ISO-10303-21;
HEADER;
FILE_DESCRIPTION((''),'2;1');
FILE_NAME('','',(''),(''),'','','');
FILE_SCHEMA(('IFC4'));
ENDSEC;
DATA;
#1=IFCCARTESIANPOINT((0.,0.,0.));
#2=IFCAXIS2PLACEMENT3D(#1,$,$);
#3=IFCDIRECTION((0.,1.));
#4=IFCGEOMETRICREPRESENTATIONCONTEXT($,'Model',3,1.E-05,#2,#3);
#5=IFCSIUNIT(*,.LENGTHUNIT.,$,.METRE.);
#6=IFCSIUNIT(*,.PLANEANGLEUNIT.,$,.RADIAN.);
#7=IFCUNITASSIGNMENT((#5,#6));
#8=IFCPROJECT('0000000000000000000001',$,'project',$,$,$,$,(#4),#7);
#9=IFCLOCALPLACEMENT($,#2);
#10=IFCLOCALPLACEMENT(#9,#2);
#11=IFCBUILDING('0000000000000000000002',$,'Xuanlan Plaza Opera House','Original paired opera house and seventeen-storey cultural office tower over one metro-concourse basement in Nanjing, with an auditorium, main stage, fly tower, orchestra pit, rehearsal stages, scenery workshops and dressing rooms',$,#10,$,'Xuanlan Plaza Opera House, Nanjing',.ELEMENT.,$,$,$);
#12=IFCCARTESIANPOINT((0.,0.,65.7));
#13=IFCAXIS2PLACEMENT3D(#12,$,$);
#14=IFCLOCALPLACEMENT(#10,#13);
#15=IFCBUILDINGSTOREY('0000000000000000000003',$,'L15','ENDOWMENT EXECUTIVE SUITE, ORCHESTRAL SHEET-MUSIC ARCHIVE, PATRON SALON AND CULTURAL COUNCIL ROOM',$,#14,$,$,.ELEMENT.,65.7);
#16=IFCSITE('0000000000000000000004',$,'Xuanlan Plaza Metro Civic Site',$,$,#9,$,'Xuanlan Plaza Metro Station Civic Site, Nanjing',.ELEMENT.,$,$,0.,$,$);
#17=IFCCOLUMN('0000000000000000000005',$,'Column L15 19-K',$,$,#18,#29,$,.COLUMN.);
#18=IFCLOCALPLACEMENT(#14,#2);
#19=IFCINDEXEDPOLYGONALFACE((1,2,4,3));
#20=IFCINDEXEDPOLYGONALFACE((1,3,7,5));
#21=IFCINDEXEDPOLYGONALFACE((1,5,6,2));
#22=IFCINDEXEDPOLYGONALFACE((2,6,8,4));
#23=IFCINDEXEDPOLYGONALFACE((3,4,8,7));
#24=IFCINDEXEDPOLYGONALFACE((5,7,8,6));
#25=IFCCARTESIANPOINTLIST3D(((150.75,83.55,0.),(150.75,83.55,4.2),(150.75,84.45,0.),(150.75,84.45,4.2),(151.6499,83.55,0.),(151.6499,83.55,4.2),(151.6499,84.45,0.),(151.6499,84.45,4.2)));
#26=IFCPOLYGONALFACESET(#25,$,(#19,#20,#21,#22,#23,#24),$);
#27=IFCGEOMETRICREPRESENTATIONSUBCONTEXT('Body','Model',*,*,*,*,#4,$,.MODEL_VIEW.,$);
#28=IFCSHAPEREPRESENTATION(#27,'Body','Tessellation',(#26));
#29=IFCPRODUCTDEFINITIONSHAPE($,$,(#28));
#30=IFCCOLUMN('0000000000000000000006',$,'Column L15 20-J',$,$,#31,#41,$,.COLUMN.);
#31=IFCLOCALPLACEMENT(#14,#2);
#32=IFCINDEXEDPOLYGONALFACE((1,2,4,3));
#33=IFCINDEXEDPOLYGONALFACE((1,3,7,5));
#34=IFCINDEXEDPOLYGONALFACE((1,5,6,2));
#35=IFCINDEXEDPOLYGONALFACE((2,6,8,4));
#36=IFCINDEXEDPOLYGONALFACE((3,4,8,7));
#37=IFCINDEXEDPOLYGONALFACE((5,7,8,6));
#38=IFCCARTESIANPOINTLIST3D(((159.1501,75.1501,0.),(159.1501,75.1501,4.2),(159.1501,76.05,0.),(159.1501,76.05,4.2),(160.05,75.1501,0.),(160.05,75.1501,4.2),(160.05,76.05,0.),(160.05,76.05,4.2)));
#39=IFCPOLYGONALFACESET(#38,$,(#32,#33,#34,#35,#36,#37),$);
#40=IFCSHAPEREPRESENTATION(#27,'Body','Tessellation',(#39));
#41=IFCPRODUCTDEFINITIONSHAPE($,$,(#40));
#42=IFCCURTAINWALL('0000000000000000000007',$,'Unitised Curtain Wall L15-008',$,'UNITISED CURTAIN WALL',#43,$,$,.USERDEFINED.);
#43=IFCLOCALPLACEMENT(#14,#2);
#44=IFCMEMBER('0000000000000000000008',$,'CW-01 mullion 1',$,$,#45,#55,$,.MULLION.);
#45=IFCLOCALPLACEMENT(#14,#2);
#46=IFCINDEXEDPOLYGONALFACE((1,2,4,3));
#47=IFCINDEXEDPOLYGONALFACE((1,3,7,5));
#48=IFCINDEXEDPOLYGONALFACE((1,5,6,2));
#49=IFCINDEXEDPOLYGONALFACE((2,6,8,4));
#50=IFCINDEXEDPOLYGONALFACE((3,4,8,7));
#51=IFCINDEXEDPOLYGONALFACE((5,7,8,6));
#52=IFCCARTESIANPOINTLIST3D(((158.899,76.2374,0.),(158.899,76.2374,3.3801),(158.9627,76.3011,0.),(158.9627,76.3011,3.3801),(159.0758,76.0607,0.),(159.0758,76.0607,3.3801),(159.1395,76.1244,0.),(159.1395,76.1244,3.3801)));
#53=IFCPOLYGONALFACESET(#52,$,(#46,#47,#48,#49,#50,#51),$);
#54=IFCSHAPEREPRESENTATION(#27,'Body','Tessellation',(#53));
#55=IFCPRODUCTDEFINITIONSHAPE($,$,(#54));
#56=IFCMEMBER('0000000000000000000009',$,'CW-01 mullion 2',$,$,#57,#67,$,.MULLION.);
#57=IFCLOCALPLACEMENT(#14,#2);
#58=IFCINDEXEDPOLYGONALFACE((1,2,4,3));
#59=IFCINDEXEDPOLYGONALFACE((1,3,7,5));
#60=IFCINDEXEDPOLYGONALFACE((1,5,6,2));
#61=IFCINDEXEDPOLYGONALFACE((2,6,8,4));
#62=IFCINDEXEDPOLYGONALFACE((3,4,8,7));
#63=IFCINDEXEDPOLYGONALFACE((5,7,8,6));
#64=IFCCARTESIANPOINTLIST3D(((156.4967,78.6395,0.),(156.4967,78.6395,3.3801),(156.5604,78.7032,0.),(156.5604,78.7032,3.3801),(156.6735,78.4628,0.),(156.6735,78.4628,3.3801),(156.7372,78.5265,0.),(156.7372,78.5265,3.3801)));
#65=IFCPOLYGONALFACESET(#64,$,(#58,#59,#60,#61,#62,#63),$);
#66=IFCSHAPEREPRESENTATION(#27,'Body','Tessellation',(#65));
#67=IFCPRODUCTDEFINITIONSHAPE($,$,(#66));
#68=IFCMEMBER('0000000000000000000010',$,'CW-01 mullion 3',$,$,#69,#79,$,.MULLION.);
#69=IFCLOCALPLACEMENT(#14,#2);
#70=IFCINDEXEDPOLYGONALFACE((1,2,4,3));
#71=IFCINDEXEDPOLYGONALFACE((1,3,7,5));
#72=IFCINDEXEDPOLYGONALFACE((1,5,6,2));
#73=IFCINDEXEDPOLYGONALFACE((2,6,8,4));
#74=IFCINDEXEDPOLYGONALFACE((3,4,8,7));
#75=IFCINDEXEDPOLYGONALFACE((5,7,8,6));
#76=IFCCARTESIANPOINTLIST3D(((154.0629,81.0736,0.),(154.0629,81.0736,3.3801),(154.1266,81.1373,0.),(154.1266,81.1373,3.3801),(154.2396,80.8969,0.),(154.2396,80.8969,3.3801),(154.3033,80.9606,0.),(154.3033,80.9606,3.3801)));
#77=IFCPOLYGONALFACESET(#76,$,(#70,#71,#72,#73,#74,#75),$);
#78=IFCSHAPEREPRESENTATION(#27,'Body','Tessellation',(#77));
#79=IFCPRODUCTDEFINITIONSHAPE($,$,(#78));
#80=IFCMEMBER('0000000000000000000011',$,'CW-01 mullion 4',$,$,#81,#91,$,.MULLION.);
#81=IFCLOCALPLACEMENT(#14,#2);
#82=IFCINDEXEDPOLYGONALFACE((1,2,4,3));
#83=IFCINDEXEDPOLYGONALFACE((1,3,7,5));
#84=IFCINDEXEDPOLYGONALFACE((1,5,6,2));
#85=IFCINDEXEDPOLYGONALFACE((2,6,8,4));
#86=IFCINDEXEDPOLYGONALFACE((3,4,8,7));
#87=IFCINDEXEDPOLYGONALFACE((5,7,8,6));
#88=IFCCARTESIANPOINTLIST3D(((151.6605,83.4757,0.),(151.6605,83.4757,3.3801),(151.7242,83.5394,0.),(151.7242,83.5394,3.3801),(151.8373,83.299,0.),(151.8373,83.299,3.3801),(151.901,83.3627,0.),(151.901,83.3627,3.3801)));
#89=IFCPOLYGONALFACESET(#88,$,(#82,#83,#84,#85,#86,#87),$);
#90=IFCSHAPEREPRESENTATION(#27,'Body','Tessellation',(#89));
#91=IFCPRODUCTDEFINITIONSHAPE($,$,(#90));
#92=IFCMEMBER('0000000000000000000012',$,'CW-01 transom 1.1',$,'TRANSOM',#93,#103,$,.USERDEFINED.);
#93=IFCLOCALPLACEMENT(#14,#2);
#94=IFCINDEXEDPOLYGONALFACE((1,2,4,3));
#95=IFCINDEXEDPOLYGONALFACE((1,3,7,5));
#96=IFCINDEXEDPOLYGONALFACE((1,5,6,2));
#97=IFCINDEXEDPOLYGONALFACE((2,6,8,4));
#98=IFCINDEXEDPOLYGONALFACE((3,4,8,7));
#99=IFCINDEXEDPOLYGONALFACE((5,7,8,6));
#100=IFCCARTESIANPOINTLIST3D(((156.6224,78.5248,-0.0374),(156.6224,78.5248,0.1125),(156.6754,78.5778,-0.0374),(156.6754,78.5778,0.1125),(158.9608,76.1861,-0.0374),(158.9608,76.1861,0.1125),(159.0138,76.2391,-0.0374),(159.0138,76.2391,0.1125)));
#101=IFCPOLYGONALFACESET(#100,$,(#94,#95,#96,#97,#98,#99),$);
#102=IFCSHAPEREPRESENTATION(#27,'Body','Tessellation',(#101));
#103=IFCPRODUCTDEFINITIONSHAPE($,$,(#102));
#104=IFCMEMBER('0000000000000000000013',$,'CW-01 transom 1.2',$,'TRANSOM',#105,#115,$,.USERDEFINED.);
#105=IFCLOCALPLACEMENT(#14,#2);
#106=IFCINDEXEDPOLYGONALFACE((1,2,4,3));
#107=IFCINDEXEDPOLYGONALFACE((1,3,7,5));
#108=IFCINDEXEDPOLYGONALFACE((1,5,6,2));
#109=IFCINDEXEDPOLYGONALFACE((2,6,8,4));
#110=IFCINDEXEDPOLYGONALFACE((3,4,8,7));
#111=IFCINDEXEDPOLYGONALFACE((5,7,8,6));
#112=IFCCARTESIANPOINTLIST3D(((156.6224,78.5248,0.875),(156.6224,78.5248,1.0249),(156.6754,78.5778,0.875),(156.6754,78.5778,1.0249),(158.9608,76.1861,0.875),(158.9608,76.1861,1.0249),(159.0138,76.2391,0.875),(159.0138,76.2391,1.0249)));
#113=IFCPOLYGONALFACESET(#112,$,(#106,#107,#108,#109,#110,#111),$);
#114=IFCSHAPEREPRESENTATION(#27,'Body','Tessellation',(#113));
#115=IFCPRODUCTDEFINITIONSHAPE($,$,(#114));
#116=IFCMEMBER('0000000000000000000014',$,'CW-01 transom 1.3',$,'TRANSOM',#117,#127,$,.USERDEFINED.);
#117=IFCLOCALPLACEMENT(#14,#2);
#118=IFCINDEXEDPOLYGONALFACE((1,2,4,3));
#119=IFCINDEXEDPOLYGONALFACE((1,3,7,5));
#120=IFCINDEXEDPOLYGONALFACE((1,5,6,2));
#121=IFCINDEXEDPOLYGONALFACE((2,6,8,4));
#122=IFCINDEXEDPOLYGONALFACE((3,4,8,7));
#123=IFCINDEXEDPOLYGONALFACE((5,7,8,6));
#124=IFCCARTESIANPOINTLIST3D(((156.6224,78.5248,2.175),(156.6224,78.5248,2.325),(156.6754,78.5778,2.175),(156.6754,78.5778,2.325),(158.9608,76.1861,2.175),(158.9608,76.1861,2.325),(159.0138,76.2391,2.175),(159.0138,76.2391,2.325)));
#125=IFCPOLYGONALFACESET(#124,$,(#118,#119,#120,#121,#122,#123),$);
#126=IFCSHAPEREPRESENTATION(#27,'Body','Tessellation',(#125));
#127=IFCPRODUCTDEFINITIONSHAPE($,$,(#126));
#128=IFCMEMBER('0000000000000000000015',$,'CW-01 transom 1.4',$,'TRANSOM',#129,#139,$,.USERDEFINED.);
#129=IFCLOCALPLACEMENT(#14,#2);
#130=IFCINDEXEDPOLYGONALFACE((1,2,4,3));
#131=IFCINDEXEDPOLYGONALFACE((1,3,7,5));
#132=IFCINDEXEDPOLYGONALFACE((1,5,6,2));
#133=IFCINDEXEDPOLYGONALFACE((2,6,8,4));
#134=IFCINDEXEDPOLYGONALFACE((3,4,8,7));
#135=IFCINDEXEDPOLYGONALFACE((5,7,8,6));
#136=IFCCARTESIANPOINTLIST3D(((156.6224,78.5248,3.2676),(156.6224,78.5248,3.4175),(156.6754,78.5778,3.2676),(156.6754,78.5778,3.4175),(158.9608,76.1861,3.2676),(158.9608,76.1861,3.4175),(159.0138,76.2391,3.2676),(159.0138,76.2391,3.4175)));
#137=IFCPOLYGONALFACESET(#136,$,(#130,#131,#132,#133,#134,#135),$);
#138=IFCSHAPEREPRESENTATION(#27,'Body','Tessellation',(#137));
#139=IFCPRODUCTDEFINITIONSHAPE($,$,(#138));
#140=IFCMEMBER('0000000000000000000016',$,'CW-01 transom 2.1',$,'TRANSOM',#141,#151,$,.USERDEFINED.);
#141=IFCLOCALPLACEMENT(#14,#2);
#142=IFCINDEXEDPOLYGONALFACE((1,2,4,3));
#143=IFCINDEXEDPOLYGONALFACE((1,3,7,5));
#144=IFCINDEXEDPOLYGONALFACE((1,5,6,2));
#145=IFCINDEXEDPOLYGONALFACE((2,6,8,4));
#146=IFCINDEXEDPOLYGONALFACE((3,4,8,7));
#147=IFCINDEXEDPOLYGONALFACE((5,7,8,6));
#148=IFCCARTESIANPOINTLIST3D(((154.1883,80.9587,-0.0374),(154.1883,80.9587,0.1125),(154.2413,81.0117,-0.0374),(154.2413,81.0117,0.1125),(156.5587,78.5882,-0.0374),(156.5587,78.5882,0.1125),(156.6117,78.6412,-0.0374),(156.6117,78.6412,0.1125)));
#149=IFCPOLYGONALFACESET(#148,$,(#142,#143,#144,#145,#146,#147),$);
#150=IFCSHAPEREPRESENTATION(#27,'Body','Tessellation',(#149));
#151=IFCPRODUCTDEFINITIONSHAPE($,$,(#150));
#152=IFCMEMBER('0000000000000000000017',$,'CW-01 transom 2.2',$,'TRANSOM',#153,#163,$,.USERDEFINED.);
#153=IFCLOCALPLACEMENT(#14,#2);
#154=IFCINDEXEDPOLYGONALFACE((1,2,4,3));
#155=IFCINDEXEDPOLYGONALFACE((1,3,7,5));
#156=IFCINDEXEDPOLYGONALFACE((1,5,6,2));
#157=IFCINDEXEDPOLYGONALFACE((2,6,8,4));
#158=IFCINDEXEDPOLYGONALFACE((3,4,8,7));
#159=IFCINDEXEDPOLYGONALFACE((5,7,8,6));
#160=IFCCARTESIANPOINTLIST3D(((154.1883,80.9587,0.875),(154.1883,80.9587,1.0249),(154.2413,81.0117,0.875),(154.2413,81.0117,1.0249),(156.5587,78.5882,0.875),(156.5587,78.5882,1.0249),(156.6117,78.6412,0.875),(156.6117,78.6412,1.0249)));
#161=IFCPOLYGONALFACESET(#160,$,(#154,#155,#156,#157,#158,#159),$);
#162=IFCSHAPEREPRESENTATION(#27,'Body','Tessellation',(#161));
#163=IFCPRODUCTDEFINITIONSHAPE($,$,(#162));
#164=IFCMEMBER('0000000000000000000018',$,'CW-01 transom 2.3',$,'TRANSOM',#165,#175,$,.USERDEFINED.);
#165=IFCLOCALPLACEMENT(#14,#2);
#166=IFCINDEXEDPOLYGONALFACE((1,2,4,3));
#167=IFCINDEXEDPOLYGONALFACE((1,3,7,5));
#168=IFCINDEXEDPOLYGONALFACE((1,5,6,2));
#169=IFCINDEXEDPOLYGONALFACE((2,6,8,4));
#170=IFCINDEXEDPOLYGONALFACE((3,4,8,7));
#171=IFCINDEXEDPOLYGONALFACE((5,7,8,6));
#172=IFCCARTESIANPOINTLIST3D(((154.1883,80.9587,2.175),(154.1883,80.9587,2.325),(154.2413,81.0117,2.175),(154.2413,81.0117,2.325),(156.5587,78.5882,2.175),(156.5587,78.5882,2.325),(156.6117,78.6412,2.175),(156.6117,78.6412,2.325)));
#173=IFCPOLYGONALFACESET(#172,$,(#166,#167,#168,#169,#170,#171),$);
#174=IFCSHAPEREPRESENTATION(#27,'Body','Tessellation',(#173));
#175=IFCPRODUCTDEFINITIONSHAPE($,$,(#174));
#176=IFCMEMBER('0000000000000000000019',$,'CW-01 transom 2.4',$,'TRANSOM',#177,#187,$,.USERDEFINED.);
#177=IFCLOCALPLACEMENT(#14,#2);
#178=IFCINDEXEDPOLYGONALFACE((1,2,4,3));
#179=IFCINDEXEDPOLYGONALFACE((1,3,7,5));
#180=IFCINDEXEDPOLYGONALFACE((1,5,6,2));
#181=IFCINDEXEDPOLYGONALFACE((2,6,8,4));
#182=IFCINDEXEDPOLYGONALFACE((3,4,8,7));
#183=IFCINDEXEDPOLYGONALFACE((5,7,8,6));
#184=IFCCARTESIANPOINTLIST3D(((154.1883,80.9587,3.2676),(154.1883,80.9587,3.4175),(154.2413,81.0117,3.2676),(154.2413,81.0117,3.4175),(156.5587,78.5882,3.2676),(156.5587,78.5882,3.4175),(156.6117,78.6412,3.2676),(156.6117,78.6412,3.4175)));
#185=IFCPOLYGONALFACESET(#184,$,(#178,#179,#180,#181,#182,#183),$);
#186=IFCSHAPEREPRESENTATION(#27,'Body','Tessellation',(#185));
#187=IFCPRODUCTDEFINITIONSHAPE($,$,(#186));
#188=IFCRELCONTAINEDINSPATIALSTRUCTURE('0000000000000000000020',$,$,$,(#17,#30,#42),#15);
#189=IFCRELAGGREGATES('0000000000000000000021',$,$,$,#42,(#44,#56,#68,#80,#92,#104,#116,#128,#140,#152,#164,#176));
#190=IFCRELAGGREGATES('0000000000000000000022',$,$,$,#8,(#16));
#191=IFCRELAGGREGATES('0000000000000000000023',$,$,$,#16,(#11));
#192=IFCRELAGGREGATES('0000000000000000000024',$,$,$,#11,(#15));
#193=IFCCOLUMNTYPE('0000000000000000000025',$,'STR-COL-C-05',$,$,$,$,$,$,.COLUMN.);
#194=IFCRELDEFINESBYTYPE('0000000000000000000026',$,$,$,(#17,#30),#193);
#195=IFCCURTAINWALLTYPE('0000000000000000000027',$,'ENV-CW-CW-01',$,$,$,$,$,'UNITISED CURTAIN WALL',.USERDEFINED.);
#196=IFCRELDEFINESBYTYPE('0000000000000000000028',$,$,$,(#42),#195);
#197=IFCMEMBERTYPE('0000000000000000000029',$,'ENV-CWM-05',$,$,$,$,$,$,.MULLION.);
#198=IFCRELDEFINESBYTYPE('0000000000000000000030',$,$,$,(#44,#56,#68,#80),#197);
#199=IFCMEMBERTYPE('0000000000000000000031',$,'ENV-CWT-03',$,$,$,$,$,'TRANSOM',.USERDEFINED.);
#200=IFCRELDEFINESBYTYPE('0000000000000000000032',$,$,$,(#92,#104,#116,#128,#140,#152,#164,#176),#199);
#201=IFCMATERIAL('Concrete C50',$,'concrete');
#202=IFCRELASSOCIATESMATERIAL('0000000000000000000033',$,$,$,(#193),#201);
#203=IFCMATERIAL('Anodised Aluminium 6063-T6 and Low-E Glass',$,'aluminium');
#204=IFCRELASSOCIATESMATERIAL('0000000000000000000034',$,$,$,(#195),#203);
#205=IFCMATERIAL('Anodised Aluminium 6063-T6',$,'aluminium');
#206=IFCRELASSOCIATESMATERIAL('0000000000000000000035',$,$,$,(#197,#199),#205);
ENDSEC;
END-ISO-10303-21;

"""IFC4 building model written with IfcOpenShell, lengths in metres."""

from ifc_helpers import new_model, si_unit, direction, frame, origin, origin_2d, place, context, subcontext, project, spatial, rectangle, extrude, material, material_profile, profile_set, type_object, element, aggregate, save


model = new_model("IFC4")

# Units and contexts
model_context = context("Model", 3, precision=1e-05, world=origin(), true_north=direction((0.0, 1.0)))
body_context = subcontext(model_context, "Body", "Model", "MODEL_VIEW")
ifc_project = project(units=[si_unit("LENGTHUNIT", "METRE"), si_unit("PLANEANGLEUNIT", "RADIAN")], contexts=[model_context])

# Site, building, storey
site_placement = place(None, origin())
site = spatial("IfcSite", under=ifc_project, at=site_placement, Name="Xuanlan Plaza Metro Civic Site", LongName="Xuanlan Plaza Metro Station Civic Site, Nanjing", CompositionType="ELEMENT", RefElevation=0.0)
building_placement = place(site_placement, origin())
building = spatial("IfcBuilding", under=site, at=building_placement, Name="Xuanlan Plaza Opera House", Description="Original paired opera house and seventeen-storey cultural office tower over one metro-concourse basement in Nanjing, with an auditorium, main stage, fly tower, orchestra pit, rehearsal stages, scenery workshops and dressing rooms", LongName="Xuanlan Plaza Opera House, Nanjing", CompositionType="ELEMENT")
storey_placement = place(building_placement, frame((0.0, 0.0, 65.7)))
storey = spatial("IfcBuildingStorey", under=building, at=storey_placement, Name="L15", Description="ENDOWMENT EXECUTIVE SUITE, ORCHESTRAL SHEET-MUSIC ARCHIVE, PATRON SALON AND CULTURAL COUNCIL ROOM", CompositionType="ELEMENT", Elevation=65.7)

# Columns
ifc_material_1 = material(Name="Concrete C50", Category="concrete")
ifc_material_profile_1 = material_profile(ifc_material_1, rectangle(XDim=0.8999, YDim=0.8999, at=origin_2d()), Name="RC-COL 900x900")
ifc_profile_set_1 = profile_set([ifc_material_profile_1], Name="Concrete C50")
column_type = type_object("IfcColumnType", Name="STR-COL-C-05", PredefinedType="COLUMN", material=ifc_profile_set_1)
for number, where, z_axis, x_axis, name in (
    (1, (151.2, 84.0, 0.0), (0.0, 0.0, 1.0), (1.0, 0.0, 0.0), "Column L15 19-K"),
    (2, (159.6001, 75.6001, 0.0), (0.0, 0.0, 1.0), (1.0, 0.0, 0.0), "Column L15 20-J"),
):
    element("IfcColumn", number, at=place(storey_placement, frame(where, z_axis=z_axis, x_axis=x_axis)), inside=storey, type_object=column_type, Name=name, PredefinedType="COLUMN", context=body_context, shape_type="SweptSolid", body=[
        extrude(rectangle(XDim=0.8999, YDim=0.8999, at=origin_2d()), origin(), (0.0, 0.0, 1.0), 4.2),
    ])

# Curtain wall, members
ifc_material_2 = material(Name="Anodised Aluminium 6063-T6 and Low-E Glass", Category="aluminium")
curtain_wall_type = type_object("IfcCurtainWallType", Name="ENV-CW-CW-01", ElementType="UNITISED CURTAIN WALL", PredefinedType="USERDEFINED", material=ifc_material_2)
curtain_wall_placement = place(storey_placement, origin())
curtain_wall = element("IfcCurtainWall", 3, at=curtain_wall_placement, inside=storey, type_object=curtain_wall_type, Name="Unitised Curtain Wall L15-008", ObjectType="UNITISED CURTAIN WALL", PredefinedType="USERDEFINED")
ifc_material_3 = material(Name="Anodised Aluminium 6063-T6", Category="aluminium")
ifc_material_profile_2 = material_profile(ifc_material_3, rectangle(XDim=0.0901, YDim=0.25, at=origin_2d()), Name="ALU-M 90x250")
ifc_profile_set_2 = profile_set([ifc_material_profile_2], Name="Anodised Aluminium 6063-T6")
member_type_1 = type_object("IfcMemberType", Name="ENV-CWM-05", PredefinedType="MULLION", material=ifc_profile_set_2)
member_1_placement = place(storey_placement, frame((159.0193, 76.1809, 0.0), z_axis=(0.0, 0.0, 1.0), x_axis=(-0.707107, -0.707107, 0.0)))
member_1 = element("IfcMember", 4, at=member_1_placement, type_object=member_type_1, Name="CW-01 mullion 1", PredefinedType="MULLION", context=body_context, shape_type="SweptSolid", body=[
    extrude(rectangle(XDim=0.0901, YDim=0.25, at=origin_2d()), origin(), (0.0, 0.0, 1.0), 3.3801),
])
member_2_placement = place(storey_placement, frame((156.6169, 78.583, 0.0), z_axis=(0.0, 0.0, 1.0), x_axis=(-0.707107, -0.707107, 0.0)))
member_2 = element("IfcMember", 5, at=member_2_placement, type_object=member_type_1, Name="CW-01 mullion 2", PredefinedType="MULLION", context=body_context, shape_type="SweptSolid", body=[
    extrude(rectangle(XDim=0.0901, YDim=0.25, at=origin_2d()), origin(), (0.0, 0.0, 1.0), 3.3801),
])
member_3_placement = place(storey_placement, frame((154.1831, 81.0171, 0.0), z_axis=(0.0, 0.0, 1.0), x_axis=(-0.707107, -0.707107, 0.0)))
member_3 = element("IfcMember", 6, at=member_3_placement, type_object=member_type_1, Name="CW-01 mullion 3", PredefinedType="MULLION", context=body_context, shape_type="SweptSolid", body=[
    extrude(rectangle(XDim=0.0901, YDim=0.25, at=origin_2d()), origin(), (0.0, 0.0, 1.0), 3.3801),
])
member_4_placement = place(storey_placement, frame((151.7808, 83.4192, 0.0), z_axis=(0.0, 0.0, 1.0), x_axis=(-0.707107, -0.707107, 0.0)))
member_4 = element("IfcMember", 7, at=member_4_placement, type_object=member_type_1, Name="CW-01 mullion 4", PredefinedType="MULLION", context=body_context, shape_type="SweptSolid", body=[
    extrude(rectangle(XDim=0.0901, YDim=0.25, at=origin_2d()), origin(), (0.0, 0.0, 1.0), 3.3801),
])
ifc_material_profile_3 = material_profile(ifc_material_3, rectangle(XDim=0.075, YDim=0.1499, at=origin_2d()), Name="ALU-T 75x150")
ifc_profile_set_3 = profile_set([ifc_material_profile_3], Name="Anodised Aluminium 6063-T6")
member_type_2 = type_object("IfcMemberType", Name="ENV-CWT-03", ElementType="TRANSOM", PredefinedType="USERDEFINED", material=ifc_profile_set_3)
member_5_placement = place(storey_placement, frame((158.9873, 76.2126, 0.0376), z_axis=(-0.70707, 0.707144, 0.0), x_axis=(-0.707144, -0.70707, 0.0)))
member_5 = element("IfcMember", 8, at=member_5_placement, type_object=member_type_2, Name="CW-01 transom 1.1", ObjectType="TRANSOM", PredefinedType="USERDEFINED", context=body_context, shape_type="SweptSolid", body=[
    extrude(rectangle(XDim=0.075, YDim=0.1499, at=origin_2d()), origin(), (0.0, 0.0, 1.0), 3.3071),
])
member_6_placement = place(storey_placement, frame((158.9873, 76.2126, 0.95), z_axis=(-0.70707, 0.707144, 0.0), x_axis=(-0.707144, -0.70707, 0.0)))
member_6 = element("IfcMember", 9, at=member_6_placement, type_object=member_type_2, Name="CW-01 transom 1.2", ObjectType="TRANSOM", PredefinedType="USERDEFINED", context=body_context, shape_type="SweptSolid", body=[
    extrude(rectangle(XDim=0.075, YDim=0.1499, at=origin_2d()), origin(), (0.0, 0.0, 1.0), 3.3071),
])
member_7_placement = place(storey_placement, frame((158.9873, 76.2126, 2.25), z_axis=(-0.70707, 0.707144, 0.0), x_axis=(-0.707144, -0.70707, 0.0)))
member_7 = element("IfcMember", 10, at=member_7_placement, type_object=member_type_2, Name="CW-01 transom 1.3", ObjectType="TRANSOM", PredefinedType="USERDEFINED", context=body_context, shape_type="SweptSolid", body=[
    extrude(rectangle(XDim=0.075, YDim=0.1499, at=origin_2d()), origin(), (0.0, 0.0, 1.0), 3.3071),
])
member_8_placement = place(storey_placement, frame((158.9873, 76.2126, 3.3425), z_axis=(-0.70707, 0.707144, 0.0), x_axis=(-0.707144, -0.70707, 0.0)))
member_8 = element("IfcMember", 11, at=member_8_placement, type_object=member_type_2, Name="CW-01 transom 1.4", ObjectType="TRANSOM", PredefinedType="USERDEFINED", context=body_context, shape_type="SweptSolid", body=[
    extrude(rectangle(XDim=0.075, YDim=0.1499, at=origin_2d()), origin(), (0.0, 0.0, 1.0), 3.3071),
])
member_9_placement = place(storey_placement, frame((156.5852, 78.6147, 0.0376), z_axis=(-0.707107, 0.707107, 0.0), x_axis=(-0.707107, -0.707107, 0.0)))
member_9 = element("IfcMember", 12, at=member_9_placement, type_object=member_type_2, Name="CW-01 transom 2.1", ObjectType="TRANSOM", PredefinedType="USERDEFINED", context=body_context, shape_type="SweptSolid", body=[
    extrude(rectangle(XDim=0.075, YDim=0.1499, at=origin_2d()), origin(), (0.0, 0.0, 1.0), 3.3523),
])
member_10_placement = place(storey_placement, frame((156.5852, 78.6147, 0.95), z_axis=(-0.707107, 0.707107, 0.0), x_axis=(-0.707107, -0.707107, 0.0)))
member_10 = element("IfcMember", 13, at=member_10_placement, type_object=member_type_2, Name="CW-01 transom 2.2", ObjectType="TRANSOM", PredefinedType="USERDEFINED", context=body_context, shape_type="SweptSolid", body=[
    extrude(rectangle(XDim=0.075, YDim=0.1499, at=origin_2d()), origin(), (0.0, 0.0, 1.0), 3.3523),
])
member_11_placement = place(storey_placement, frame((156.5852, 78.6147, 2.25), z_axis=(-0.707107, 0.707107, 0.0), x_axis=(-0.707107, -0.707107, 0.0)))
member_11 = element("IfcMember", 14, at=member_11_placement, type_object=member_type_2, Name="CW-01 transom 2.3", ObjectType="TRANSOM", PredefinedType="USERDEFINED", context=body_context, shape_type="SweptSolid", body=[
    extrude(rectangle(XDim=0.075, YDim=0.1499, at=origin_2d()), origin(), (0.0, 0.0, 1.0), 3.3523),
])
member_12_placement = place(storey_placement, frame((156.5852, 78.6147, 3.3425), z_axis=(-0.707107, 0.707107, 0.0), x_axis=(-0.707107, -0.707107, 0.0)))
member_12 = element("IfcMember", 15, at=member_12_placement, type_object=member_type_2, Name="CW-01 transom 2.4", ObjectType="TRANSOM", PredefinedType="USERDEFINED", context=body_context, shape_type="SweptSolid", body=[
    extrude(rectangle(XDim=0.075, YDim=0.1499, at=origin_2d()), origin(), (0.0, 0.0, 1.0), 3.3523),
])
aggregate(curtain_wall, [member_1, member_2, member_3, member_4, member_5, member_6, member_7, member_8, member_9, member_10, member_11, member_12])

save(model, "model.ifc")
